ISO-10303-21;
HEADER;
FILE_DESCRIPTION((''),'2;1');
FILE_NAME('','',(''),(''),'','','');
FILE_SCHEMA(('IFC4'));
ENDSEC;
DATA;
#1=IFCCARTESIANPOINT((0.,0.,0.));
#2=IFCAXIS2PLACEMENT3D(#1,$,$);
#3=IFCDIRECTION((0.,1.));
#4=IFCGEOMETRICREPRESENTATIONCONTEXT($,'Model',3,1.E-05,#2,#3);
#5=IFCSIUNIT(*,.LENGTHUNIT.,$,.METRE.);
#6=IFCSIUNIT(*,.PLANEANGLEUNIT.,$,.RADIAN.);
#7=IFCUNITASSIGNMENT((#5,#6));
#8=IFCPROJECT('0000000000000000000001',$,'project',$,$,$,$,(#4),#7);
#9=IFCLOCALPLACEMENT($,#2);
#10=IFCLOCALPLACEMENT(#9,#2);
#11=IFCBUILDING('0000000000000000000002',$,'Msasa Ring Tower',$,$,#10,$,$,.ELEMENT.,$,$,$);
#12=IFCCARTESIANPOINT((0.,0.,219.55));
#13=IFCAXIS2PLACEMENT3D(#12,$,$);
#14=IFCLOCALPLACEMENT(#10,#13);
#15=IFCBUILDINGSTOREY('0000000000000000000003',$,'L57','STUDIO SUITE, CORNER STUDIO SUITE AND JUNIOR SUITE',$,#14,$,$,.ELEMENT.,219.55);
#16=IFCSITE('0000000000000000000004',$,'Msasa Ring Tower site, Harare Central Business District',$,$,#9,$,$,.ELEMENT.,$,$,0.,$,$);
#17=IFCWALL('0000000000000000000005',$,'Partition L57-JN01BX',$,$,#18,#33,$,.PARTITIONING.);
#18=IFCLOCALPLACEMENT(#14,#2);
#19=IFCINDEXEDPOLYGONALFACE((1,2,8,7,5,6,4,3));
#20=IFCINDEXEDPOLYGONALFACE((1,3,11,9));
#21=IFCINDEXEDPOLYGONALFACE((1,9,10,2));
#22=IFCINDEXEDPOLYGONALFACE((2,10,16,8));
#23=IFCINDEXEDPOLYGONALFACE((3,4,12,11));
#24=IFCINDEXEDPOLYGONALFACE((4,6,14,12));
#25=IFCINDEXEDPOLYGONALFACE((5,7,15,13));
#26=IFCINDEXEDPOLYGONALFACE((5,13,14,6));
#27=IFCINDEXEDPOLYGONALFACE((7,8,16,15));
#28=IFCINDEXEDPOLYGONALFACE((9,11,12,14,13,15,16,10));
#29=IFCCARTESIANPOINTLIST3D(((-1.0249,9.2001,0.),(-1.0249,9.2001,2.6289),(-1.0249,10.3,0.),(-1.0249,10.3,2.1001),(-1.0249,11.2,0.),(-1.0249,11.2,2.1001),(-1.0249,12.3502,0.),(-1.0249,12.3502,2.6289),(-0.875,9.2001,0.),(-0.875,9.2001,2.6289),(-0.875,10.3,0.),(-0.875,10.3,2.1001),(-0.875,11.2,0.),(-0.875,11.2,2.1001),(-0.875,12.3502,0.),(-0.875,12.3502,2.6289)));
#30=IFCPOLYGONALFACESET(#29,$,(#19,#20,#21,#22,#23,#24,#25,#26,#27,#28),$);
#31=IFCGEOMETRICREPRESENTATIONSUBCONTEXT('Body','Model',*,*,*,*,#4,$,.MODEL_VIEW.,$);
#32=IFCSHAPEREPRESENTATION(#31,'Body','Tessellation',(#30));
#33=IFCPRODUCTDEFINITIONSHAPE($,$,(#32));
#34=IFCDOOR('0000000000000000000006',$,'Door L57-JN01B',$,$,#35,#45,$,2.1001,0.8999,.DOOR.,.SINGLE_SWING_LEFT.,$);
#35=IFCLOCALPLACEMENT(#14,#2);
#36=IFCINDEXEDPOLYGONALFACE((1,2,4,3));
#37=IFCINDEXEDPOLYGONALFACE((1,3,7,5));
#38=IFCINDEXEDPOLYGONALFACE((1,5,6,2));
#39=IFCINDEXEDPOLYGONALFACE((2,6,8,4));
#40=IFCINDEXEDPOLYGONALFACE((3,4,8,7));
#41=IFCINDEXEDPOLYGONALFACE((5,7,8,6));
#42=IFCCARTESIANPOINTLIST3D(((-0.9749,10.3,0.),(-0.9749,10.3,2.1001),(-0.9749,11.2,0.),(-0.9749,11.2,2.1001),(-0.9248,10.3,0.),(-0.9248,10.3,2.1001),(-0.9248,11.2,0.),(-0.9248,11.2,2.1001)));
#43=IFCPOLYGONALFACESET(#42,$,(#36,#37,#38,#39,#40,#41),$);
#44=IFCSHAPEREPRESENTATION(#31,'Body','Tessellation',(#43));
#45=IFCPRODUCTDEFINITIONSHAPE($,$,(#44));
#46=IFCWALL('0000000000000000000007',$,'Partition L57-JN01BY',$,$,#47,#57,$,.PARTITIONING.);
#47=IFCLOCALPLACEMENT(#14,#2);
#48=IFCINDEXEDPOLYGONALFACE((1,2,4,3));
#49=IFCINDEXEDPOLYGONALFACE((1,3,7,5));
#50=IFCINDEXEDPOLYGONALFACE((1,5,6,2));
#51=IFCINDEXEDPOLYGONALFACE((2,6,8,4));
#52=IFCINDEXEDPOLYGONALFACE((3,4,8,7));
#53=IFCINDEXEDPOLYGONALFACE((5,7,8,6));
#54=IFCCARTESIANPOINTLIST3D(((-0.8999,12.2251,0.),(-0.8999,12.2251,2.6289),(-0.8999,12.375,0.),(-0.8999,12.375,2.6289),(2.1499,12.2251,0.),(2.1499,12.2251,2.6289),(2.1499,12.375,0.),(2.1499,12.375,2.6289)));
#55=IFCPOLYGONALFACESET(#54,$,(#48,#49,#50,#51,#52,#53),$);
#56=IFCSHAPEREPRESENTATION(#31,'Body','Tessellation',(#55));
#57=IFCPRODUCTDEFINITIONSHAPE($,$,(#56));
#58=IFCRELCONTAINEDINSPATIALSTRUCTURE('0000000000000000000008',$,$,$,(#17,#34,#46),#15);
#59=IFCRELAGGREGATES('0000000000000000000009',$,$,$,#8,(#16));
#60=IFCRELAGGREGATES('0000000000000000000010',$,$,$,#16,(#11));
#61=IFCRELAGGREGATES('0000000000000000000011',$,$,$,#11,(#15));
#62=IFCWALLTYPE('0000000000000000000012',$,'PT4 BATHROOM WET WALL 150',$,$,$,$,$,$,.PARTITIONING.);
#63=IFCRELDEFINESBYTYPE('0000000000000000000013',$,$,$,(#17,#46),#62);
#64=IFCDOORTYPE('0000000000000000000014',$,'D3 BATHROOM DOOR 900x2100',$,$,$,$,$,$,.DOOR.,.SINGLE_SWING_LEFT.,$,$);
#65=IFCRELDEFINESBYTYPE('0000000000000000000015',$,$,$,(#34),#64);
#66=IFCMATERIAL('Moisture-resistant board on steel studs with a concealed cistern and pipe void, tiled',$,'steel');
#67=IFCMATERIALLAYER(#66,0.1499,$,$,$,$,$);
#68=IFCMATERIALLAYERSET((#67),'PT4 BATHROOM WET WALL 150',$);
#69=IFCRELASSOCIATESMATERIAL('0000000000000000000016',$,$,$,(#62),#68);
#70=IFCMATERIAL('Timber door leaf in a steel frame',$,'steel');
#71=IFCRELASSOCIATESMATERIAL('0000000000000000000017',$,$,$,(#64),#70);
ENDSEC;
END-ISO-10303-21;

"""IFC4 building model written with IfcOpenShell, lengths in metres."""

from ifc_helpers import new_model, si_unit, direction, frame, frame_2d, origin, place, context, subcontext, project, spatial, rectangle, extrude, material, layer, layer_set, type_object, element, fill, save


model = new_model("IFC4")

# Units and contexts
model_context = context("Model", 3, precision=1e-05, world=origin(), true_north=direction((0.0, 1.0)))
body_context = subcontext(model_context, "Body", "Model", "MODEL_VIEW")
ifc_project = project(units=[si_unit("LENGTHUNIT", "METRE"), si_unit("PLANEANGLEUNIT", "RADIAN")], contexts=[model_context])

# Site, building, storey
site_placement = place(None, origin())
site = spatial("IfcSite", under=ifc_project, at=site_placement, Name="Msasa Ring Tower site, Harare Central Business District", CompositionType="ELEMENT", RefElevation=0.0)
building_placement = place(site_placement, origin())
building = spatial("IfcBuilding", under=site, at=building_placement, Name="Msasa Ring Tower", CompositionType="ELEMENT")
storey_placement = place(building_placement, frame((0.0, 0.0, 219.55)))
storey = spatial("IfcBuildingStorey", under=building, at=storey_placement, Name="L57", Description="STUDIO SUITE, CORNER STUDIO SUITE AND JUNIOR SUITE", CompositionType="ELEMENT", Elevation=219.55)

# Shared definitions
ifc_material_1 = material(Name="Moisture-resistant board on steel studs with a concealed cistern and pipe void, tiled", Category="steel")
ifc_layer_1 = layer(ifc_material_1, 0.1499)
ifc_layer_set_1 = layer_set([ifc_layer_1], Name="PT4 BATHROOM WET WALL 150")
wall_type_1 = type_object("IfcWallType", Name="PT4 BATHROOM WET WALL 150", PredefinedType="PARTITIONING", material=ifc_layer_set_1)
ifc_material_2 = material(Name="Timber door leaf in a steel frame", Category="steel")
door_type = type_object("IfcDoorType", Name="D3 BATHROOM DOOR 900x2100", OperationType="SINGLE_SWING_LEFT", PredefinedType="DOOR", material=ifc_material_2)

# Wall, opening, door
wall_1_placement = place(storey_placement, frame((-0.95, 9.2, 0.0), z_axis=(0.0, 0.0, 1.0), x_axis=(0.0, 1.0, 0.0)))
wall_1 = element("IfcWall", 1, at=wall_1_placement, inside=storey, type_object=wall_type_1, Name="Partition L57-JN01BX", PredefinedType="PARTITIONING", context=body_context, shape_type="SweptSolid", body=[
    extrude(rectangle(XDim=3.1501, YDim=0.1499, at=frame_2d((1.5752, 0.0))), origin(), (0.0, 0.0, 1.0), 2.6289),
])
opening_1_placement = place(wall_1_placement, frame((1.1001, 0.0, 0.0)))
opening_1 = element("IfcOpeningElement", 2, at=opening_1_placement, cuts=wall_1, PredefinedType="OPENING", context=body_context, shape_type="SweptSolid", body=[
    extrude(rectangle(XDim=0.8999, YDim=2.1001, at=frame_2d((0.45, 1.05))), frame((0.0, 0.085, 0.0), z_axis=(0.0, -1.0, 0.0), x_axis=(1.0, 0.0, 0.0)), (0.0, 0.0, 1.0), 0.1699),
])
door_1_placement = place(opening_1_placement, origin())
door_1 = element("IfcDoor", 3, at=door_1_placement, inside=storey, type_object=door_type, Name="Door L57-JN01B", OperationType="SINGLE_SWING_LEFT", OverallHeight=2.1001, OverallWidth=0.8999, PredefinedType="DOOR", context=body_context, shape_type="SweptSolid", body=[
    extrude(rectangle(XDim=0.8999, YDim=2.1001, at=frame_2d((0.45, 1.05))), frame((0.0, 0.0249, 0.0), z_axis=(0.0, -1.0, 0.0), x_axis=(1.0, 0.0, 0.0)), (0.0, 0.0, 1.0), 0.05),
])
fill(opening_1, door_1)

# Wall
wall_2_placement = place(storey_placement, frame((-0.8999, 12.3, 0.0), z_axis=(0.0, 0.0, 1.0), x_axis=(1.0, 0.0, 0.0)))
element("IfcWall", 4, at=wall_2_placement, inside=storey, type_object=wall_type_1, Name="Partition L57-JN01BY", PredefinedType="PARTITIONING", context=body_context, shape_type="SweptSolid", body=[
    extrude(rectangle(XDim=3.0498, YDim=0.1499, at=frame_2d((1.5249, 0.0))), origin(), (0.0, 0.0, 1.0), 2.6289),
])

save(model, "model.ifc")
